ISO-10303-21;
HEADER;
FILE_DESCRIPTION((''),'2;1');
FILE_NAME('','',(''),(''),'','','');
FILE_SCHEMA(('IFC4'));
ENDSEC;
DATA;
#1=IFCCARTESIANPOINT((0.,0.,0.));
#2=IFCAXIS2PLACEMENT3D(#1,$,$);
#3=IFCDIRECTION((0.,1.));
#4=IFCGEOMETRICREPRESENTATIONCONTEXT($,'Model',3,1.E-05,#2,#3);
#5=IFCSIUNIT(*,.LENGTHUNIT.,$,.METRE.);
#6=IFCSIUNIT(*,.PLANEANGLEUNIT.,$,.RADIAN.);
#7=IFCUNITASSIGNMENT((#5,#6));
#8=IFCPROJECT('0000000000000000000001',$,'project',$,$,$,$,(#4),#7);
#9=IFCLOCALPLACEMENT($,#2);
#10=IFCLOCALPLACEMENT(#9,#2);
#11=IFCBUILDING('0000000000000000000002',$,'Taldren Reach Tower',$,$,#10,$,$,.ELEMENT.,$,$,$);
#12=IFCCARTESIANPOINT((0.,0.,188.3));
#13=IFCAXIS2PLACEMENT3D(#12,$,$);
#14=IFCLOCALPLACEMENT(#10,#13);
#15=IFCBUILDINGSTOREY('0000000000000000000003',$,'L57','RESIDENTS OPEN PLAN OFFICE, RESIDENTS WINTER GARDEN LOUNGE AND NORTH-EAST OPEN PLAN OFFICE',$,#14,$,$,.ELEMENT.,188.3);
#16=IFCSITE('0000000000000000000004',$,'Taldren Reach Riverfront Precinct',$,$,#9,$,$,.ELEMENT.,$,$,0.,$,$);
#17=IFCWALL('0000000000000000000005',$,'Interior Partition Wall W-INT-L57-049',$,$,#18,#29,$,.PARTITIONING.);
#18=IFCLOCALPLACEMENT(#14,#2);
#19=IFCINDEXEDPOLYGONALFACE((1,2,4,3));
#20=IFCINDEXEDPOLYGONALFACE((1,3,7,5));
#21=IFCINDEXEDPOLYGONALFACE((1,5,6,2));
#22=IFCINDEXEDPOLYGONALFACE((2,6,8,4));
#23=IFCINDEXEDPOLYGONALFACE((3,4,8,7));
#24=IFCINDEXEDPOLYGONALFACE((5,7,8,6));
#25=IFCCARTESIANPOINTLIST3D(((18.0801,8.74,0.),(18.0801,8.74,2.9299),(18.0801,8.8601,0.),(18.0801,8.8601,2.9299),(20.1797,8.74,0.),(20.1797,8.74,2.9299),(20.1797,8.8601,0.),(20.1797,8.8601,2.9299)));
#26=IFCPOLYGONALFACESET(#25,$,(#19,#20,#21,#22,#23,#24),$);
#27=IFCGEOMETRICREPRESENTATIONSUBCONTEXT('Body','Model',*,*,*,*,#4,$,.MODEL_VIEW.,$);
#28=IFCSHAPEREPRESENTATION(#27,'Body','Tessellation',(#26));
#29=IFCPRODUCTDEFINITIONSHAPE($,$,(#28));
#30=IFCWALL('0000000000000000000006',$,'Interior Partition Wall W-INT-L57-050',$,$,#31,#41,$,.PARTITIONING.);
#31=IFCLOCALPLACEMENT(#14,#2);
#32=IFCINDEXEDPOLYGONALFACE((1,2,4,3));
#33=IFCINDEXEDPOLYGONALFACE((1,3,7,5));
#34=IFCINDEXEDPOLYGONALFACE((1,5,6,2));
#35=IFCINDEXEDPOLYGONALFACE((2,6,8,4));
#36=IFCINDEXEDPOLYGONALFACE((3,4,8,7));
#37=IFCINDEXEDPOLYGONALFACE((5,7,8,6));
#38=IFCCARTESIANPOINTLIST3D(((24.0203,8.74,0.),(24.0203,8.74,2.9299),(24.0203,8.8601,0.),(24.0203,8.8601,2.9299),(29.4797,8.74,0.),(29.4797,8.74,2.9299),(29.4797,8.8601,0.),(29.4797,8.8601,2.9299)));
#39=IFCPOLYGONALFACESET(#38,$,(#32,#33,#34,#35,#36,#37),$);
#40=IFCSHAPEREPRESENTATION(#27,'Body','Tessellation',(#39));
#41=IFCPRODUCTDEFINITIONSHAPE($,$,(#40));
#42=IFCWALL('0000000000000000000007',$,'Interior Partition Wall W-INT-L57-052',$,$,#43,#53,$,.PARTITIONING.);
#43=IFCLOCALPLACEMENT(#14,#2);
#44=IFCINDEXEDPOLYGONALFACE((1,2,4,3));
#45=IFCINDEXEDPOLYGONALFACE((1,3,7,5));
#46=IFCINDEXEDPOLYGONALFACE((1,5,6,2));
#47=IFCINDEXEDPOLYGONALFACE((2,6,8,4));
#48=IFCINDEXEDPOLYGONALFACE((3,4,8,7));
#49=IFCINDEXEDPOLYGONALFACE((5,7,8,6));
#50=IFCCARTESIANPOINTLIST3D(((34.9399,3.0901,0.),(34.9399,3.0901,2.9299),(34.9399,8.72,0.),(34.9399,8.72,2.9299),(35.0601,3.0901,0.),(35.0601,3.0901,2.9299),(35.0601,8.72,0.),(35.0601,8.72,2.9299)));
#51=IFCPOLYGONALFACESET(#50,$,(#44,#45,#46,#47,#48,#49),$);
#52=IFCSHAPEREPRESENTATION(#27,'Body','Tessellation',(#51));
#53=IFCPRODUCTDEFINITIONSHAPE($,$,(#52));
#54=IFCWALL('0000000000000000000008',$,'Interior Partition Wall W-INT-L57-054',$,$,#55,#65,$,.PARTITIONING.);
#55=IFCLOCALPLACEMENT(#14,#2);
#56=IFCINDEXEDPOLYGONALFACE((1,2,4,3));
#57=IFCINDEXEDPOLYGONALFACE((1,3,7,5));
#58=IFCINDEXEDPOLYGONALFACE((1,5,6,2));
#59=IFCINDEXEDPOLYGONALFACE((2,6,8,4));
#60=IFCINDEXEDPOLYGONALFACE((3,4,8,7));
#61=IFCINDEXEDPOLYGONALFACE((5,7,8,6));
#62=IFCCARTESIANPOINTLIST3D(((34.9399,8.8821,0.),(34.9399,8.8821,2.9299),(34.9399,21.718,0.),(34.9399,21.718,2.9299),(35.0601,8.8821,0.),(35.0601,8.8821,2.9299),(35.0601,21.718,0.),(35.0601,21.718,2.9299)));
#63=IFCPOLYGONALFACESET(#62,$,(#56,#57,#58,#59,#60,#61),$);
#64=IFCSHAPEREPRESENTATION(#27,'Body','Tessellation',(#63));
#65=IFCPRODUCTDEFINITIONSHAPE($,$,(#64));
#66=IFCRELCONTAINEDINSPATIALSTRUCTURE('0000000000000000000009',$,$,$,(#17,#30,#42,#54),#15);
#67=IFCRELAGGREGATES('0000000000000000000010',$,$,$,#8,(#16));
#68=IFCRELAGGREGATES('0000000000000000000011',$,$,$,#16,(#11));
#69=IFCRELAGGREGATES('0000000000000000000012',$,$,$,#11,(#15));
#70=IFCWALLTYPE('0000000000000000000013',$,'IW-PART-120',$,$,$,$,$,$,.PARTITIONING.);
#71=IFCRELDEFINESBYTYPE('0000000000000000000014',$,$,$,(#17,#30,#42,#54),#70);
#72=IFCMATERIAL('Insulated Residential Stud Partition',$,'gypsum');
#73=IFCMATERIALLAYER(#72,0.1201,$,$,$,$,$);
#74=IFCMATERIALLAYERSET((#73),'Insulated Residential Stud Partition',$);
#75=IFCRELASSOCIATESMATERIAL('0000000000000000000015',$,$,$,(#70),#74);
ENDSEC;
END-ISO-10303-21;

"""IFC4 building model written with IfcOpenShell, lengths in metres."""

from ifc_helpers import new_model, si_unit, direction, frame, frame_2d, origin, place, context, subcontext, project, spatial, rectangle, extrude, source, transform, mapped, material, layer, layer_set, type_object, element, save


model = new_model("IFC4")

# Units and contexts
model_context = context("Model", 3, precision=1e-05, world=origin(), true_north=direction((0.0, 1.0)))
body_context = subcontext(model_context, "Body", "Model", "MODEL_VIEW")
ifc_project = project(units=[si_unit("LENGTHUNIT", "METRE"), si_unit("PLANEANGLEUNIT", "RADIAN")], contexts=[model_context])

# Site, building, storey
site_placement = place(None, origin())
site = spatial("IfcSite", under=ifc_project, at=site_placement, Name="Taldren Reach Riverfront Precinct", CompositionType="ELEMENT", RefElevation=0.0)
building_placement = place(site_placement, origin())
building = spatial("IfcBuilding", under=site, at=building_placement, Name="Taldren Reach Tower", CompositionType="ELEMENT")
storey_placement = place(building_placement, frame((0.0, 0.0, 188.3)))
storey = spatial("IfcBuildingStorey", under=building, at=storey_placement, Name="L57", Description="RESIDENTS OPEN PLAN OFFICE, RESIDENTS WINTER GARDEN LOUNGE AND NORTH-EAST OPEN PLAN OFFICE", CompositionType="ELEMENT", Elevation=188.3)

# Shared definitions
ifc_material_1 = material(Name="Insulated Residential Stud Partition", Category="gypsum")
ifc_layer_1 = layer(ifc_material_1, 0.1201)
ifc_layer_set_1 = layer_set([ifc_layer_1], Name="Insulated Residential Stud Partition")
wall_type_1 = type_object("IfcWallType", Name="IW-PART-120", PredefinedType="PARTITIONING", material=ifc_layer_set_1)

# Walls
shared_shape_1 = source(origin(), body_context, "Body", "SweptSolid", [
    extrude(rectangle(XDim=2.0996, YDim=0.1201, at=frame_2d((1.0498, 0.0))), origin(), (0.0, 0.0, 1.0), 2.9299),
])
wall_1_placement = place(storey_placement, frame((18.0801, 8.8, 0.0), z_axis=(0.0, 0.0, 1.0), x_axis=(1.0, 0.0, 0.0)))
element("IfcWall", 1, at=wall_1_placement, inside=storey, type_object=wall_type_1, Name="Interior Partition Wall W-INT-L57-049", PredefinedType="PARTITIONING", context=body_context, shape_type="MappedRepresentation", body=[
    mapped(shared_shape_1, transform((0.0, 0.0, 0.0), scale=1.0)),
])
shared_shape_2 = source(origin(), body_context, "Body", "SweptSolid", [
    extrude(rectangle(XDim=5.4595, YDim=0.1201, at=frame_2d((2.7297, 0.0))), origin(), (0.0, 0.0, 1.0), 2.9299),
])
wall_2_placement = place(storey_placement, frame((24.0203, 8.8, 0.0), z_axis=(0.0, 0.0, 1.0), x_axis=(1.0, 0.0, 0.0)))
element("IfcWall", 2, at=wall_2_placement, inside=storey, type_object=wall_type_1, Name="Interior Partition Wall W-INT-L57-050", PredefinedType="PARTITIONING", context=body_context, shape_type="MappedRepresentation", body=[
    mapped(shared_shape_2, transform((0.0, 0.0, 0.0), scale=1.0)),
])
shared_shape_3 = source(origin(), body_context, "Body", "SweptSolid", [
    extrude(rectangle(XDim=5.6299, YDim=0.1201, at=frame_2d((2.8149, 0.0))), origin(), (0.0, 0.0, 1.0), 2.9299),
])
wall_3_placement = place(storey_placement, frame((35.0, 8.72, 0.0), z_axis=(0.0, 0.0, 1.0), x_axis=(0.0, -1.0, 0.0)))
element("IfcWall", 3, at=wall_3_placement, inside=storey, type_object=wall_type_1, Name="Interior Partition Wall W-INT-L57-052", PredefinedType="PARTITIONING", context=body_context, shape_type="MappedRepresentation", body=[
    mapped(shared_shape_3, transform((0.0, 0.0, 0.0), scale=1.0)),
])
shared_shape_4 = source(origin(), body_context, "Body", "SweptSolid", [
    extrude(rectangle(XDim=12.8359, YDim=0.1201, at=frame_2d((6.418, 0.0))), origin(), (0.0, 0.0, 1.0), 2.9299),
])
wall_4_placement = place(storey_placement, frame((35.0, 21.718, 0.0), z_axis=(0.0, 0.0, 1.0), x_axis=(0.0, -1.0, 0.0)))
element("IfcWall", 4, at=wall_4_placement, inside=storey, type_object=wall_type_1, Name="Interior Partition Wall W-INT-L57-054", PredefinedType="PARTITIONING", context=body_context, shape_type="MappedRepresentation", body=[
    mapped(shared_shape_4, transform((0.0, 0.0, 0.0), scale=1.0)),
])

save(model, "model.ifc")
